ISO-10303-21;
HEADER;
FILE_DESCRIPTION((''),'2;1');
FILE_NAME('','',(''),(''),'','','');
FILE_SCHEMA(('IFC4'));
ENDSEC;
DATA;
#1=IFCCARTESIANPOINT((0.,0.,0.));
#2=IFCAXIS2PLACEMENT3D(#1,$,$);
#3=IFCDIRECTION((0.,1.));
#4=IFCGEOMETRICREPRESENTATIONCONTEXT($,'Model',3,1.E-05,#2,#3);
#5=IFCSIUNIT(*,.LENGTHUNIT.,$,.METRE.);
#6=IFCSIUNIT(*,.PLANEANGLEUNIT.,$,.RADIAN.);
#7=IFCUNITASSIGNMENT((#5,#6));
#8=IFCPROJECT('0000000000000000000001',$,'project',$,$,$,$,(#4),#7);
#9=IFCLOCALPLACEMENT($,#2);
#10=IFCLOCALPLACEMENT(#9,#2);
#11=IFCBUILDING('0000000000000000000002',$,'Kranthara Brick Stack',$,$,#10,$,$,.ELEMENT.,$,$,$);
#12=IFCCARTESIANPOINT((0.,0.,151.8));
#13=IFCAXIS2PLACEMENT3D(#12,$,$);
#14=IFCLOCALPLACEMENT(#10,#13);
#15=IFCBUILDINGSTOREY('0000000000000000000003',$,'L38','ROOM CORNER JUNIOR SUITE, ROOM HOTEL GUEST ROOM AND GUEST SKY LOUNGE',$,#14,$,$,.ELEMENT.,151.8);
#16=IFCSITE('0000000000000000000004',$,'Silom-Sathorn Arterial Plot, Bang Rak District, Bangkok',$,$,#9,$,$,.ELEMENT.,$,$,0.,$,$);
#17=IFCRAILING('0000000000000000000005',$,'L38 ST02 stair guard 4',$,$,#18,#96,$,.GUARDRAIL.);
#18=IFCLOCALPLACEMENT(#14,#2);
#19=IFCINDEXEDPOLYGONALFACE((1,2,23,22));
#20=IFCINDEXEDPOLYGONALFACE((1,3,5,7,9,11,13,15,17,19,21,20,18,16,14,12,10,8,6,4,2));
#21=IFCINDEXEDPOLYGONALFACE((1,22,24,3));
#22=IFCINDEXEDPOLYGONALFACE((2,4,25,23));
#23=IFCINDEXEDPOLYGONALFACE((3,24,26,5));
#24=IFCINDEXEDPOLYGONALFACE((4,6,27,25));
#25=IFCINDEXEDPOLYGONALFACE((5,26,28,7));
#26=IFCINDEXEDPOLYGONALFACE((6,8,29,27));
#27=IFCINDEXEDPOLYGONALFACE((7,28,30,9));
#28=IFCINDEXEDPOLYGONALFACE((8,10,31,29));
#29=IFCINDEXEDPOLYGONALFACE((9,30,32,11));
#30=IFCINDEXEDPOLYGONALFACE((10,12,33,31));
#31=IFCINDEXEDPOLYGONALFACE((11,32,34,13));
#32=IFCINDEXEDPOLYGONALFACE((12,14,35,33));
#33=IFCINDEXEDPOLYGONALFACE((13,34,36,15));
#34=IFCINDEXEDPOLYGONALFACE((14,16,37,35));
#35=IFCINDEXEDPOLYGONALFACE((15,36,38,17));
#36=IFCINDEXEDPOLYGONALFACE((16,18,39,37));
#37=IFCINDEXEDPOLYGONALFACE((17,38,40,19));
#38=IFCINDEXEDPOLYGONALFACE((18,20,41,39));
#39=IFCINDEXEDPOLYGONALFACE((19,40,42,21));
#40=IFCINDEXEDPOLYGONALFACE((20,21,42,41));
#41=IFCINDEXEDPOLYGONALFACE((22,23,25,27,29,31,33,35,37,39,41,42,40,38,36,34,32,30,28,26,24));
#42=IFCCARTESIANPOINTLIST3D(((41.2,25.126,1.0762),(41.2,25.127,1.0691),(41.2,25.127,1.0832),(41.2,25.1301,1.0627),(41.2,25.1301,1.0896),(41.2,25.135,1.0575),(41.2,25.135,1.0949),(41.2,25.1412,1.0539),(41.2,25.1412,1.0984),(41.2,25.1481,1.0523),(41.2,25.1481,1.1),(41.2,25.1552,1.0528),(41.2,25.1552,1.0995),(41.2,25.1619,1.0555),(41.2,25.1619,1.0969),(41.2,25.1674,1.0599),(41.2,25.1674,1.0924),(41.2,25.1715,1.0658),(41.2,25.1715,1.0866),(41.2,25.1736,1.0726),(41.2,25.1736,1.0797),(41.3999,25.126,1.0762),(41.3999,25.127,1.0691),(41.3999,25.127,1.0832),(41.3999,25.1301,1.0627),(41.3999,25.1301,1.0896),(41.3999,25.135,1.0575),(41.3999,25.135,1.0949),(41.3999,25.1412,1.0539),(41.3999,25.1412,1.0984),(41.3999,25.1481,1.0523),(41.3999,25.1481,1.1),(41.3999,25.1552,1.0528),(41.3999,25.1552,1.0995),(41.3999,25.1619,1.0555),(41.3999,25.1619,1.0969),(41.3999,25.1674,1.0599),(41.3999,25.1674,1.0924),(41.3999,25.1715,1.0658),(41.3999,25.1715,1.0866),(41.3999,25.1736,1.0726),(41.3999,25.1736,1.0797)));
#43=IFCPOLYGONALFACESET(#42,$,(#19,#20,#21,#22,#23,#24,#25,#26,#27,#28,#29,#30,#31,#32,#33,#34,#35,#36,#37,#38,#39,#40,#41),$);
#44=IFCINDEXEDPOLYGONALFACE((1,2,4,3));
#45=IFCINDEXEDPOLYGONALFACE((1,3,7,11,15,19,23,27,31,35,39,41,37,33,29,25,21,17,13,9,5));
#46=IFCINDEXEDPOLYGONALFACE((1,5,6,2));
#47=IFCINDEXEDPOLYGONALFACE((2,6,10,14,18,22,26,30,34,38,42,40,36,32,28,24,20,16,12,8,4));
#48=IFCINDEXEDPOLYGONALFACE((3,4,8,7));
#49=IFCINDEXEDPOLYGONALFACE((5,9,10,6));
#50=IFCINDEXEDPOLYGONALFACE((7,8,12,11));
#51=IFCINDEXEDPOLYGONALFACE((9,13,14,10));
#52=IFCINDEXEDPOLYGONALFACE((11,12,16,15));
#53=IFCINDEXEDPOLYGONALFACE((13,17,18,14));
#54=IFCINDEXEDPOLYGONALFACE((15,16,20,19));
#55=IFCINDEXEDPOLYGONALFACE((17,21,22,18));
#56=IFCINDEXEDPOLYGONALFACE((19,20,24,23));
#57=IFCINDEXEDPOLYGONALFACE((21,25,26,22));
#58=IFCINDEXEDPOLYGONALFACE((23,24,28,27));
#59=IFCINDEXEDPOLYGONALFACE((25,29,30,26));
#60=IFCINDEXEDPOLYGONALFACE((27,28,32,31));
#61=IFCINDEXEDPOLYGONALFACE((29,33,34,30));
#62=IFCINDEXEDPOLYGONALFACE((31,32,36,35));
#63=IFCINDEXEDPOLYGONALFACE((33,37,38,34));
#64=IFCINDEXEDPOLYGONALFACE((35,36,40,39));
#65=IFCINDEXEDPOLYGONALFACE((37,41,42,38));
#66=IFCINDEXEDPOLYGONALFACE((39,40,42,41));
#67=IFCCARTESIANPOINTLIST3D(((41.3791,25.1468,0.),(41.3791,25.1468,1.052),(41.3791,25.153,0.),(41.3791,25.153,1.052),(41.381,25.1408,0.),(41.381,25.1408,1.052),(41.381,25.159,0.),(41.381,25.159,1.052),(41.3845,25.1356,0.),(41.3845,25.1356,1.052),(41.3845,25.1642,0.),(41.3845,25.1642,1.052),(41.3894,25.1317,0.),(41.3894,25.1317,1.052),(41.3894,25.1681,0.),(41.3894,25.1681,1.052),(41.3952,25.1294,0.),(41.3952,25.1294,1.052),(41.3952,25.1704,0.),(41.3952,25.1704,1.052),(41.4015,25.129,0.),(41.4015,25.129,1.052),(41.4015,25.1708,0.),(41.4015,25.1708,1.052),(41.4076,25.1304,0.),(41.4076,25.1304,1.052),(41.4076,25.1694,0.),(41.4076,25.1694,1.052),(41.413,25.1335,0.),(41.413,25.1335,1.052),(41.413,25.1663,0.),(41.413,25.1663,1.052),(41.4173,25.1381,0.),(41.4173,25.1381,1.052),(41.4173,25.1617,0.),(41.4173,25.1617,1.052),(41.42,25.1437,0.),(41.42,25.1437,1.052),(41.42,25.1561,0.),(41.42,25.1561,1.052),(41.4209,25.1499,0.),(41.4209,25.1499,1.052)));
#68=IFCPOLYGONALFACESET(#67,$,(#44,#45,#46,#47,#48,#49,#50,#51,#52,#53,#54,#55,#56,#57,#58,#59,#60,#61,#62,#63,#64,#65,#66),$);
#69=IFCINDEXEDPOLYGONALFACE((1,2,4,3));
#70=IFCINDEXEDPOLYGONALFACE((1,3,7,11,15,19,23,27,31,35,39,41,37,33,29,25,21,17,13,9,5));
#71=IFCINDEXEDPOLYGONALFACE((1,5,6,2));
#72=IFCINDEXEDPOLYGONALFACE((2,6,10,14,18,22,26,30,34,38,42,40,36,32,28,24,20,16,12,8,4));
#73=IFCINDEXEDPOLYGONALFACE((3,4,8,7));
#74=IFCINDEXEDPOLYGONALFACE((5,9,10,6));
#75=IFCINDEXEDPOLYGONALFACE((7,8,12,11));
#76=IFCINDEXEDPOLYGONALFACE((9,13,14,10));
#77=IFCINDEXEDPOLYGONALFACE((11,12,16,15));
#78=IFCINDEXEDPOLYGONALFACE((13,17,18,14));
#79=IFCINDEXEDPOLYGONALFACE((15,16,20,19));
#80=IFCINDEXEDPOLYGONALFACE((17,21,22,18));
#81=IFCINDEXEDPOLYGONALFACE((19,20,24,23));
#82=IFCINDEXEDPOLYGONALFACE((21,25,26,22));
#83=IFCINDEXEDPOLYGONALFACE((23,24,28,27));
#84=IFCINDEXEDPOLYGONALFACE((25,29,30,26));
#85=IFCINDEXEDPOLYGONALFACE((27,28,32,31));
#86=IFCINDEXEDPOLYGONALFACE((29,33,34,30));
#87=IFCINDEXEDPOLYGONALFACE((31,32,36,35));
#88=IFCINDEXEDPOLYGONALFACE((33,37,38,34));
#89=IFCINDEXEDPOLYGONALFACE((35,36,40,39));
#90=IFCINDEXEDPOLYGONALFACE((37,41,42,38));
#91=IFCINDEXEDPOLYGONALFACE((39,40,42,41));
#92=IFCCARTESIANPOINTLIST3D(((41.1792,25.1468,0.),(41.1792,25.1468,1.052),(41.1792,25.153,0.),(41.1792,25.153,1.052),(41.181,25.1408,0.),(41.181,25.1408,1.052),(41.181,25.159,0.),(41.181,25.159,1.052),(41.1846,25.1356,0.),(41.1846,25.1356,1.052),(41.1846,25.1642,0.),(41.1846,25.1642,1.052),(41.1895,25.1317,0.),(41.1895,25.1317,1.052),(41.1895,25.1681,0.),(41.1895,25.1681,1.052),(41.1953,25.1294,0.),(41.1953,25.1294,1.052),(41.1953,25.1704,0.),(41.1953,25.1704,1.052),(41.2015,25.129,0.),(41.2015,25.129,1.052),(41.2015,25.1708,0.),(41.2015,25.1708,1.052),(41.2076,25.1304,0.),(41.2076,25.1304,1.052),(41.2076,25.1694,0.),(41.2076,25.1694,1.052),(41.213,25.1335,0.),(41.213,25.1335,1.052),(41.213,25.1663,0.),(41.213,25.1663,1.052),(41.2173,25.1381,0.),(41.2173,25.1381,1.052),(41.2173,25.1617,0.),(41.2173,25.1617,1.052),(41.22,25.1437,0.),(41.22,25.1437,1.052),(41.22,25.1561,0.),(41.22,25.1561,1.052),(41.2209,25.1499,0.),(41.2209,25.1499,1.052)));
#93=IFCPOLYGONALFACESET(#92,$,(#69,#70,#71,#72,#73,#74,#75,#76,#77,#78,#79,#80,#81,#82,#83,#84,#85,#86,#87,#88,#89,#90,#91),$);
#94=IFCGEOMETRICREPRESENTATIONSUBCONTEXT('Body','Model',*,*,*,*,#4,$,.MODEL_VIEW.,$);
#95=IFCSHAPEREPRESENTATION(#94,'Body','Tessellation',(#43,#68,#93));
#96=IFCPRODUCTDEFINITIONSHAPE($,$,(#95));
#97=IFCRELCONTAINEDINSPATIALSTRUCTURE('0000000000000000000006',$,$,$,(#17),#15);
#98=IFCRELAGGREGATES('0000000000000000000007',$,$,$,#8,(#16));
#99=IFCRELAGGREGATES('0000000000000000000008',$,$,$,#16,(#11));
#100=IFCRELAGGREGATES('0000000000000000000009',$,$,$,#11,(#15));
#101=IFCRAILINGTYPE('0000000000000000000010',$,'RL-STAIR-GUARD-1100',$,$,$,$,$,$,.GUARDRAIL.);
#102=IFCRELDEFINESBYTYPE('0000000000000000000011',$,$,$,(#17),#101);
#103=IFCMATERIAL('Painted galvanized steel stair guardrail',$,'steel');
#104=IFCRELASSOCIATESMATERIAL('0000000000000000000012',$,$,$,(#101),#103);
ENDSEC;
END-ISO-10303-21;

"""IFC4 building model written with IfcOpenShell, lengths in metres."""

from ifc_helpers import new_model, si_unit, direction, frame, origin, origin_2d, place, context, subcontext, project, spatial, circle, extrude, material, type_object, element, save


model = new_model("IFC4")

# Units and contexts
model_context = context("Model", 3, precision=1e-05, world=origin(), true_north=direction((0.0, 1.0)))
body_context = subcontext(model_context, "Body", "Model", "MODEL_VIEW")
ifc_project = project(units=[si_unit("LENGTHUNIT", "METRE"), si_unit("PLANEANGLEUNIT", "RADIAN")], contexts=[model_context])

# Site, building, storey
site_placement = place(None, origin())
site = spatial("IfcSite", under=ifc_project, at=site_placement, Name="Silom-Sathorn Arterial Plot, Bang Rak District, Bangkok", CompositionType="ELEMENT", RefElevation=0.0)
building_placement = place(site_placement, origin())
building = spatial("IfcBuilding", under=site, at=building_placement, Name="Kranthara Brick Stack", CompositionType="ELEMENT")
storey_placement = place(building_placement, frame((0.0, 0.0, 151.8)))
storey = spatial("IfcBuildingStorey", under=building, at=storey_placement, Name="L38", Description="ROOM CORNER JUNIOR SUITE, ROOM HOTEL GUEST ROOM AND GUEST SKY LOUNGE", CompositionType="ELEMENT", Elevation=151.8)

# Railing
ifc_material_1 = material(Name="Painted galvanized steel stair guardrail", Category="steel")
railing_type_1 = type_object("IfcRailingType", Name="RL-STAIR-GUARD-1100", PredefinedType="GUARDRAIL", material=ifc_material_1)
railing_1_placement = place(storey_placement, frame((41.3999, 25.1499, 0.0)))
element("IfcRailing", 1, at=railing_1_placement, inside=storey, type_object=railing_type_1, Name="L38 ST02 stair guard 4", PredefinedType="GUARDRAIL", context=body_context, shape_type="SweptSolid", body=[
    extrude(circle(Radius=0.0239, at=origin_2d()), frame((0.0, 0.0, 1.0762), z_axis=(-1.0, 0.0, 0.0), x_axis=(0.0, -1.0, 0.0)), (0.0, 0.0, 1.0), 0.2),
    extrude(circle(Radius=0.021, at=origin_2d()), origin(), (0.0, 0.0, 1.0), 1.052),
    extrude(circle(Radius=0.021, at=origin_2d()), frame((-0.2, 0.0, 0.0)), (0.0, 0.0, 1.0), 1.052),
])

save(model, "model.ifc")
